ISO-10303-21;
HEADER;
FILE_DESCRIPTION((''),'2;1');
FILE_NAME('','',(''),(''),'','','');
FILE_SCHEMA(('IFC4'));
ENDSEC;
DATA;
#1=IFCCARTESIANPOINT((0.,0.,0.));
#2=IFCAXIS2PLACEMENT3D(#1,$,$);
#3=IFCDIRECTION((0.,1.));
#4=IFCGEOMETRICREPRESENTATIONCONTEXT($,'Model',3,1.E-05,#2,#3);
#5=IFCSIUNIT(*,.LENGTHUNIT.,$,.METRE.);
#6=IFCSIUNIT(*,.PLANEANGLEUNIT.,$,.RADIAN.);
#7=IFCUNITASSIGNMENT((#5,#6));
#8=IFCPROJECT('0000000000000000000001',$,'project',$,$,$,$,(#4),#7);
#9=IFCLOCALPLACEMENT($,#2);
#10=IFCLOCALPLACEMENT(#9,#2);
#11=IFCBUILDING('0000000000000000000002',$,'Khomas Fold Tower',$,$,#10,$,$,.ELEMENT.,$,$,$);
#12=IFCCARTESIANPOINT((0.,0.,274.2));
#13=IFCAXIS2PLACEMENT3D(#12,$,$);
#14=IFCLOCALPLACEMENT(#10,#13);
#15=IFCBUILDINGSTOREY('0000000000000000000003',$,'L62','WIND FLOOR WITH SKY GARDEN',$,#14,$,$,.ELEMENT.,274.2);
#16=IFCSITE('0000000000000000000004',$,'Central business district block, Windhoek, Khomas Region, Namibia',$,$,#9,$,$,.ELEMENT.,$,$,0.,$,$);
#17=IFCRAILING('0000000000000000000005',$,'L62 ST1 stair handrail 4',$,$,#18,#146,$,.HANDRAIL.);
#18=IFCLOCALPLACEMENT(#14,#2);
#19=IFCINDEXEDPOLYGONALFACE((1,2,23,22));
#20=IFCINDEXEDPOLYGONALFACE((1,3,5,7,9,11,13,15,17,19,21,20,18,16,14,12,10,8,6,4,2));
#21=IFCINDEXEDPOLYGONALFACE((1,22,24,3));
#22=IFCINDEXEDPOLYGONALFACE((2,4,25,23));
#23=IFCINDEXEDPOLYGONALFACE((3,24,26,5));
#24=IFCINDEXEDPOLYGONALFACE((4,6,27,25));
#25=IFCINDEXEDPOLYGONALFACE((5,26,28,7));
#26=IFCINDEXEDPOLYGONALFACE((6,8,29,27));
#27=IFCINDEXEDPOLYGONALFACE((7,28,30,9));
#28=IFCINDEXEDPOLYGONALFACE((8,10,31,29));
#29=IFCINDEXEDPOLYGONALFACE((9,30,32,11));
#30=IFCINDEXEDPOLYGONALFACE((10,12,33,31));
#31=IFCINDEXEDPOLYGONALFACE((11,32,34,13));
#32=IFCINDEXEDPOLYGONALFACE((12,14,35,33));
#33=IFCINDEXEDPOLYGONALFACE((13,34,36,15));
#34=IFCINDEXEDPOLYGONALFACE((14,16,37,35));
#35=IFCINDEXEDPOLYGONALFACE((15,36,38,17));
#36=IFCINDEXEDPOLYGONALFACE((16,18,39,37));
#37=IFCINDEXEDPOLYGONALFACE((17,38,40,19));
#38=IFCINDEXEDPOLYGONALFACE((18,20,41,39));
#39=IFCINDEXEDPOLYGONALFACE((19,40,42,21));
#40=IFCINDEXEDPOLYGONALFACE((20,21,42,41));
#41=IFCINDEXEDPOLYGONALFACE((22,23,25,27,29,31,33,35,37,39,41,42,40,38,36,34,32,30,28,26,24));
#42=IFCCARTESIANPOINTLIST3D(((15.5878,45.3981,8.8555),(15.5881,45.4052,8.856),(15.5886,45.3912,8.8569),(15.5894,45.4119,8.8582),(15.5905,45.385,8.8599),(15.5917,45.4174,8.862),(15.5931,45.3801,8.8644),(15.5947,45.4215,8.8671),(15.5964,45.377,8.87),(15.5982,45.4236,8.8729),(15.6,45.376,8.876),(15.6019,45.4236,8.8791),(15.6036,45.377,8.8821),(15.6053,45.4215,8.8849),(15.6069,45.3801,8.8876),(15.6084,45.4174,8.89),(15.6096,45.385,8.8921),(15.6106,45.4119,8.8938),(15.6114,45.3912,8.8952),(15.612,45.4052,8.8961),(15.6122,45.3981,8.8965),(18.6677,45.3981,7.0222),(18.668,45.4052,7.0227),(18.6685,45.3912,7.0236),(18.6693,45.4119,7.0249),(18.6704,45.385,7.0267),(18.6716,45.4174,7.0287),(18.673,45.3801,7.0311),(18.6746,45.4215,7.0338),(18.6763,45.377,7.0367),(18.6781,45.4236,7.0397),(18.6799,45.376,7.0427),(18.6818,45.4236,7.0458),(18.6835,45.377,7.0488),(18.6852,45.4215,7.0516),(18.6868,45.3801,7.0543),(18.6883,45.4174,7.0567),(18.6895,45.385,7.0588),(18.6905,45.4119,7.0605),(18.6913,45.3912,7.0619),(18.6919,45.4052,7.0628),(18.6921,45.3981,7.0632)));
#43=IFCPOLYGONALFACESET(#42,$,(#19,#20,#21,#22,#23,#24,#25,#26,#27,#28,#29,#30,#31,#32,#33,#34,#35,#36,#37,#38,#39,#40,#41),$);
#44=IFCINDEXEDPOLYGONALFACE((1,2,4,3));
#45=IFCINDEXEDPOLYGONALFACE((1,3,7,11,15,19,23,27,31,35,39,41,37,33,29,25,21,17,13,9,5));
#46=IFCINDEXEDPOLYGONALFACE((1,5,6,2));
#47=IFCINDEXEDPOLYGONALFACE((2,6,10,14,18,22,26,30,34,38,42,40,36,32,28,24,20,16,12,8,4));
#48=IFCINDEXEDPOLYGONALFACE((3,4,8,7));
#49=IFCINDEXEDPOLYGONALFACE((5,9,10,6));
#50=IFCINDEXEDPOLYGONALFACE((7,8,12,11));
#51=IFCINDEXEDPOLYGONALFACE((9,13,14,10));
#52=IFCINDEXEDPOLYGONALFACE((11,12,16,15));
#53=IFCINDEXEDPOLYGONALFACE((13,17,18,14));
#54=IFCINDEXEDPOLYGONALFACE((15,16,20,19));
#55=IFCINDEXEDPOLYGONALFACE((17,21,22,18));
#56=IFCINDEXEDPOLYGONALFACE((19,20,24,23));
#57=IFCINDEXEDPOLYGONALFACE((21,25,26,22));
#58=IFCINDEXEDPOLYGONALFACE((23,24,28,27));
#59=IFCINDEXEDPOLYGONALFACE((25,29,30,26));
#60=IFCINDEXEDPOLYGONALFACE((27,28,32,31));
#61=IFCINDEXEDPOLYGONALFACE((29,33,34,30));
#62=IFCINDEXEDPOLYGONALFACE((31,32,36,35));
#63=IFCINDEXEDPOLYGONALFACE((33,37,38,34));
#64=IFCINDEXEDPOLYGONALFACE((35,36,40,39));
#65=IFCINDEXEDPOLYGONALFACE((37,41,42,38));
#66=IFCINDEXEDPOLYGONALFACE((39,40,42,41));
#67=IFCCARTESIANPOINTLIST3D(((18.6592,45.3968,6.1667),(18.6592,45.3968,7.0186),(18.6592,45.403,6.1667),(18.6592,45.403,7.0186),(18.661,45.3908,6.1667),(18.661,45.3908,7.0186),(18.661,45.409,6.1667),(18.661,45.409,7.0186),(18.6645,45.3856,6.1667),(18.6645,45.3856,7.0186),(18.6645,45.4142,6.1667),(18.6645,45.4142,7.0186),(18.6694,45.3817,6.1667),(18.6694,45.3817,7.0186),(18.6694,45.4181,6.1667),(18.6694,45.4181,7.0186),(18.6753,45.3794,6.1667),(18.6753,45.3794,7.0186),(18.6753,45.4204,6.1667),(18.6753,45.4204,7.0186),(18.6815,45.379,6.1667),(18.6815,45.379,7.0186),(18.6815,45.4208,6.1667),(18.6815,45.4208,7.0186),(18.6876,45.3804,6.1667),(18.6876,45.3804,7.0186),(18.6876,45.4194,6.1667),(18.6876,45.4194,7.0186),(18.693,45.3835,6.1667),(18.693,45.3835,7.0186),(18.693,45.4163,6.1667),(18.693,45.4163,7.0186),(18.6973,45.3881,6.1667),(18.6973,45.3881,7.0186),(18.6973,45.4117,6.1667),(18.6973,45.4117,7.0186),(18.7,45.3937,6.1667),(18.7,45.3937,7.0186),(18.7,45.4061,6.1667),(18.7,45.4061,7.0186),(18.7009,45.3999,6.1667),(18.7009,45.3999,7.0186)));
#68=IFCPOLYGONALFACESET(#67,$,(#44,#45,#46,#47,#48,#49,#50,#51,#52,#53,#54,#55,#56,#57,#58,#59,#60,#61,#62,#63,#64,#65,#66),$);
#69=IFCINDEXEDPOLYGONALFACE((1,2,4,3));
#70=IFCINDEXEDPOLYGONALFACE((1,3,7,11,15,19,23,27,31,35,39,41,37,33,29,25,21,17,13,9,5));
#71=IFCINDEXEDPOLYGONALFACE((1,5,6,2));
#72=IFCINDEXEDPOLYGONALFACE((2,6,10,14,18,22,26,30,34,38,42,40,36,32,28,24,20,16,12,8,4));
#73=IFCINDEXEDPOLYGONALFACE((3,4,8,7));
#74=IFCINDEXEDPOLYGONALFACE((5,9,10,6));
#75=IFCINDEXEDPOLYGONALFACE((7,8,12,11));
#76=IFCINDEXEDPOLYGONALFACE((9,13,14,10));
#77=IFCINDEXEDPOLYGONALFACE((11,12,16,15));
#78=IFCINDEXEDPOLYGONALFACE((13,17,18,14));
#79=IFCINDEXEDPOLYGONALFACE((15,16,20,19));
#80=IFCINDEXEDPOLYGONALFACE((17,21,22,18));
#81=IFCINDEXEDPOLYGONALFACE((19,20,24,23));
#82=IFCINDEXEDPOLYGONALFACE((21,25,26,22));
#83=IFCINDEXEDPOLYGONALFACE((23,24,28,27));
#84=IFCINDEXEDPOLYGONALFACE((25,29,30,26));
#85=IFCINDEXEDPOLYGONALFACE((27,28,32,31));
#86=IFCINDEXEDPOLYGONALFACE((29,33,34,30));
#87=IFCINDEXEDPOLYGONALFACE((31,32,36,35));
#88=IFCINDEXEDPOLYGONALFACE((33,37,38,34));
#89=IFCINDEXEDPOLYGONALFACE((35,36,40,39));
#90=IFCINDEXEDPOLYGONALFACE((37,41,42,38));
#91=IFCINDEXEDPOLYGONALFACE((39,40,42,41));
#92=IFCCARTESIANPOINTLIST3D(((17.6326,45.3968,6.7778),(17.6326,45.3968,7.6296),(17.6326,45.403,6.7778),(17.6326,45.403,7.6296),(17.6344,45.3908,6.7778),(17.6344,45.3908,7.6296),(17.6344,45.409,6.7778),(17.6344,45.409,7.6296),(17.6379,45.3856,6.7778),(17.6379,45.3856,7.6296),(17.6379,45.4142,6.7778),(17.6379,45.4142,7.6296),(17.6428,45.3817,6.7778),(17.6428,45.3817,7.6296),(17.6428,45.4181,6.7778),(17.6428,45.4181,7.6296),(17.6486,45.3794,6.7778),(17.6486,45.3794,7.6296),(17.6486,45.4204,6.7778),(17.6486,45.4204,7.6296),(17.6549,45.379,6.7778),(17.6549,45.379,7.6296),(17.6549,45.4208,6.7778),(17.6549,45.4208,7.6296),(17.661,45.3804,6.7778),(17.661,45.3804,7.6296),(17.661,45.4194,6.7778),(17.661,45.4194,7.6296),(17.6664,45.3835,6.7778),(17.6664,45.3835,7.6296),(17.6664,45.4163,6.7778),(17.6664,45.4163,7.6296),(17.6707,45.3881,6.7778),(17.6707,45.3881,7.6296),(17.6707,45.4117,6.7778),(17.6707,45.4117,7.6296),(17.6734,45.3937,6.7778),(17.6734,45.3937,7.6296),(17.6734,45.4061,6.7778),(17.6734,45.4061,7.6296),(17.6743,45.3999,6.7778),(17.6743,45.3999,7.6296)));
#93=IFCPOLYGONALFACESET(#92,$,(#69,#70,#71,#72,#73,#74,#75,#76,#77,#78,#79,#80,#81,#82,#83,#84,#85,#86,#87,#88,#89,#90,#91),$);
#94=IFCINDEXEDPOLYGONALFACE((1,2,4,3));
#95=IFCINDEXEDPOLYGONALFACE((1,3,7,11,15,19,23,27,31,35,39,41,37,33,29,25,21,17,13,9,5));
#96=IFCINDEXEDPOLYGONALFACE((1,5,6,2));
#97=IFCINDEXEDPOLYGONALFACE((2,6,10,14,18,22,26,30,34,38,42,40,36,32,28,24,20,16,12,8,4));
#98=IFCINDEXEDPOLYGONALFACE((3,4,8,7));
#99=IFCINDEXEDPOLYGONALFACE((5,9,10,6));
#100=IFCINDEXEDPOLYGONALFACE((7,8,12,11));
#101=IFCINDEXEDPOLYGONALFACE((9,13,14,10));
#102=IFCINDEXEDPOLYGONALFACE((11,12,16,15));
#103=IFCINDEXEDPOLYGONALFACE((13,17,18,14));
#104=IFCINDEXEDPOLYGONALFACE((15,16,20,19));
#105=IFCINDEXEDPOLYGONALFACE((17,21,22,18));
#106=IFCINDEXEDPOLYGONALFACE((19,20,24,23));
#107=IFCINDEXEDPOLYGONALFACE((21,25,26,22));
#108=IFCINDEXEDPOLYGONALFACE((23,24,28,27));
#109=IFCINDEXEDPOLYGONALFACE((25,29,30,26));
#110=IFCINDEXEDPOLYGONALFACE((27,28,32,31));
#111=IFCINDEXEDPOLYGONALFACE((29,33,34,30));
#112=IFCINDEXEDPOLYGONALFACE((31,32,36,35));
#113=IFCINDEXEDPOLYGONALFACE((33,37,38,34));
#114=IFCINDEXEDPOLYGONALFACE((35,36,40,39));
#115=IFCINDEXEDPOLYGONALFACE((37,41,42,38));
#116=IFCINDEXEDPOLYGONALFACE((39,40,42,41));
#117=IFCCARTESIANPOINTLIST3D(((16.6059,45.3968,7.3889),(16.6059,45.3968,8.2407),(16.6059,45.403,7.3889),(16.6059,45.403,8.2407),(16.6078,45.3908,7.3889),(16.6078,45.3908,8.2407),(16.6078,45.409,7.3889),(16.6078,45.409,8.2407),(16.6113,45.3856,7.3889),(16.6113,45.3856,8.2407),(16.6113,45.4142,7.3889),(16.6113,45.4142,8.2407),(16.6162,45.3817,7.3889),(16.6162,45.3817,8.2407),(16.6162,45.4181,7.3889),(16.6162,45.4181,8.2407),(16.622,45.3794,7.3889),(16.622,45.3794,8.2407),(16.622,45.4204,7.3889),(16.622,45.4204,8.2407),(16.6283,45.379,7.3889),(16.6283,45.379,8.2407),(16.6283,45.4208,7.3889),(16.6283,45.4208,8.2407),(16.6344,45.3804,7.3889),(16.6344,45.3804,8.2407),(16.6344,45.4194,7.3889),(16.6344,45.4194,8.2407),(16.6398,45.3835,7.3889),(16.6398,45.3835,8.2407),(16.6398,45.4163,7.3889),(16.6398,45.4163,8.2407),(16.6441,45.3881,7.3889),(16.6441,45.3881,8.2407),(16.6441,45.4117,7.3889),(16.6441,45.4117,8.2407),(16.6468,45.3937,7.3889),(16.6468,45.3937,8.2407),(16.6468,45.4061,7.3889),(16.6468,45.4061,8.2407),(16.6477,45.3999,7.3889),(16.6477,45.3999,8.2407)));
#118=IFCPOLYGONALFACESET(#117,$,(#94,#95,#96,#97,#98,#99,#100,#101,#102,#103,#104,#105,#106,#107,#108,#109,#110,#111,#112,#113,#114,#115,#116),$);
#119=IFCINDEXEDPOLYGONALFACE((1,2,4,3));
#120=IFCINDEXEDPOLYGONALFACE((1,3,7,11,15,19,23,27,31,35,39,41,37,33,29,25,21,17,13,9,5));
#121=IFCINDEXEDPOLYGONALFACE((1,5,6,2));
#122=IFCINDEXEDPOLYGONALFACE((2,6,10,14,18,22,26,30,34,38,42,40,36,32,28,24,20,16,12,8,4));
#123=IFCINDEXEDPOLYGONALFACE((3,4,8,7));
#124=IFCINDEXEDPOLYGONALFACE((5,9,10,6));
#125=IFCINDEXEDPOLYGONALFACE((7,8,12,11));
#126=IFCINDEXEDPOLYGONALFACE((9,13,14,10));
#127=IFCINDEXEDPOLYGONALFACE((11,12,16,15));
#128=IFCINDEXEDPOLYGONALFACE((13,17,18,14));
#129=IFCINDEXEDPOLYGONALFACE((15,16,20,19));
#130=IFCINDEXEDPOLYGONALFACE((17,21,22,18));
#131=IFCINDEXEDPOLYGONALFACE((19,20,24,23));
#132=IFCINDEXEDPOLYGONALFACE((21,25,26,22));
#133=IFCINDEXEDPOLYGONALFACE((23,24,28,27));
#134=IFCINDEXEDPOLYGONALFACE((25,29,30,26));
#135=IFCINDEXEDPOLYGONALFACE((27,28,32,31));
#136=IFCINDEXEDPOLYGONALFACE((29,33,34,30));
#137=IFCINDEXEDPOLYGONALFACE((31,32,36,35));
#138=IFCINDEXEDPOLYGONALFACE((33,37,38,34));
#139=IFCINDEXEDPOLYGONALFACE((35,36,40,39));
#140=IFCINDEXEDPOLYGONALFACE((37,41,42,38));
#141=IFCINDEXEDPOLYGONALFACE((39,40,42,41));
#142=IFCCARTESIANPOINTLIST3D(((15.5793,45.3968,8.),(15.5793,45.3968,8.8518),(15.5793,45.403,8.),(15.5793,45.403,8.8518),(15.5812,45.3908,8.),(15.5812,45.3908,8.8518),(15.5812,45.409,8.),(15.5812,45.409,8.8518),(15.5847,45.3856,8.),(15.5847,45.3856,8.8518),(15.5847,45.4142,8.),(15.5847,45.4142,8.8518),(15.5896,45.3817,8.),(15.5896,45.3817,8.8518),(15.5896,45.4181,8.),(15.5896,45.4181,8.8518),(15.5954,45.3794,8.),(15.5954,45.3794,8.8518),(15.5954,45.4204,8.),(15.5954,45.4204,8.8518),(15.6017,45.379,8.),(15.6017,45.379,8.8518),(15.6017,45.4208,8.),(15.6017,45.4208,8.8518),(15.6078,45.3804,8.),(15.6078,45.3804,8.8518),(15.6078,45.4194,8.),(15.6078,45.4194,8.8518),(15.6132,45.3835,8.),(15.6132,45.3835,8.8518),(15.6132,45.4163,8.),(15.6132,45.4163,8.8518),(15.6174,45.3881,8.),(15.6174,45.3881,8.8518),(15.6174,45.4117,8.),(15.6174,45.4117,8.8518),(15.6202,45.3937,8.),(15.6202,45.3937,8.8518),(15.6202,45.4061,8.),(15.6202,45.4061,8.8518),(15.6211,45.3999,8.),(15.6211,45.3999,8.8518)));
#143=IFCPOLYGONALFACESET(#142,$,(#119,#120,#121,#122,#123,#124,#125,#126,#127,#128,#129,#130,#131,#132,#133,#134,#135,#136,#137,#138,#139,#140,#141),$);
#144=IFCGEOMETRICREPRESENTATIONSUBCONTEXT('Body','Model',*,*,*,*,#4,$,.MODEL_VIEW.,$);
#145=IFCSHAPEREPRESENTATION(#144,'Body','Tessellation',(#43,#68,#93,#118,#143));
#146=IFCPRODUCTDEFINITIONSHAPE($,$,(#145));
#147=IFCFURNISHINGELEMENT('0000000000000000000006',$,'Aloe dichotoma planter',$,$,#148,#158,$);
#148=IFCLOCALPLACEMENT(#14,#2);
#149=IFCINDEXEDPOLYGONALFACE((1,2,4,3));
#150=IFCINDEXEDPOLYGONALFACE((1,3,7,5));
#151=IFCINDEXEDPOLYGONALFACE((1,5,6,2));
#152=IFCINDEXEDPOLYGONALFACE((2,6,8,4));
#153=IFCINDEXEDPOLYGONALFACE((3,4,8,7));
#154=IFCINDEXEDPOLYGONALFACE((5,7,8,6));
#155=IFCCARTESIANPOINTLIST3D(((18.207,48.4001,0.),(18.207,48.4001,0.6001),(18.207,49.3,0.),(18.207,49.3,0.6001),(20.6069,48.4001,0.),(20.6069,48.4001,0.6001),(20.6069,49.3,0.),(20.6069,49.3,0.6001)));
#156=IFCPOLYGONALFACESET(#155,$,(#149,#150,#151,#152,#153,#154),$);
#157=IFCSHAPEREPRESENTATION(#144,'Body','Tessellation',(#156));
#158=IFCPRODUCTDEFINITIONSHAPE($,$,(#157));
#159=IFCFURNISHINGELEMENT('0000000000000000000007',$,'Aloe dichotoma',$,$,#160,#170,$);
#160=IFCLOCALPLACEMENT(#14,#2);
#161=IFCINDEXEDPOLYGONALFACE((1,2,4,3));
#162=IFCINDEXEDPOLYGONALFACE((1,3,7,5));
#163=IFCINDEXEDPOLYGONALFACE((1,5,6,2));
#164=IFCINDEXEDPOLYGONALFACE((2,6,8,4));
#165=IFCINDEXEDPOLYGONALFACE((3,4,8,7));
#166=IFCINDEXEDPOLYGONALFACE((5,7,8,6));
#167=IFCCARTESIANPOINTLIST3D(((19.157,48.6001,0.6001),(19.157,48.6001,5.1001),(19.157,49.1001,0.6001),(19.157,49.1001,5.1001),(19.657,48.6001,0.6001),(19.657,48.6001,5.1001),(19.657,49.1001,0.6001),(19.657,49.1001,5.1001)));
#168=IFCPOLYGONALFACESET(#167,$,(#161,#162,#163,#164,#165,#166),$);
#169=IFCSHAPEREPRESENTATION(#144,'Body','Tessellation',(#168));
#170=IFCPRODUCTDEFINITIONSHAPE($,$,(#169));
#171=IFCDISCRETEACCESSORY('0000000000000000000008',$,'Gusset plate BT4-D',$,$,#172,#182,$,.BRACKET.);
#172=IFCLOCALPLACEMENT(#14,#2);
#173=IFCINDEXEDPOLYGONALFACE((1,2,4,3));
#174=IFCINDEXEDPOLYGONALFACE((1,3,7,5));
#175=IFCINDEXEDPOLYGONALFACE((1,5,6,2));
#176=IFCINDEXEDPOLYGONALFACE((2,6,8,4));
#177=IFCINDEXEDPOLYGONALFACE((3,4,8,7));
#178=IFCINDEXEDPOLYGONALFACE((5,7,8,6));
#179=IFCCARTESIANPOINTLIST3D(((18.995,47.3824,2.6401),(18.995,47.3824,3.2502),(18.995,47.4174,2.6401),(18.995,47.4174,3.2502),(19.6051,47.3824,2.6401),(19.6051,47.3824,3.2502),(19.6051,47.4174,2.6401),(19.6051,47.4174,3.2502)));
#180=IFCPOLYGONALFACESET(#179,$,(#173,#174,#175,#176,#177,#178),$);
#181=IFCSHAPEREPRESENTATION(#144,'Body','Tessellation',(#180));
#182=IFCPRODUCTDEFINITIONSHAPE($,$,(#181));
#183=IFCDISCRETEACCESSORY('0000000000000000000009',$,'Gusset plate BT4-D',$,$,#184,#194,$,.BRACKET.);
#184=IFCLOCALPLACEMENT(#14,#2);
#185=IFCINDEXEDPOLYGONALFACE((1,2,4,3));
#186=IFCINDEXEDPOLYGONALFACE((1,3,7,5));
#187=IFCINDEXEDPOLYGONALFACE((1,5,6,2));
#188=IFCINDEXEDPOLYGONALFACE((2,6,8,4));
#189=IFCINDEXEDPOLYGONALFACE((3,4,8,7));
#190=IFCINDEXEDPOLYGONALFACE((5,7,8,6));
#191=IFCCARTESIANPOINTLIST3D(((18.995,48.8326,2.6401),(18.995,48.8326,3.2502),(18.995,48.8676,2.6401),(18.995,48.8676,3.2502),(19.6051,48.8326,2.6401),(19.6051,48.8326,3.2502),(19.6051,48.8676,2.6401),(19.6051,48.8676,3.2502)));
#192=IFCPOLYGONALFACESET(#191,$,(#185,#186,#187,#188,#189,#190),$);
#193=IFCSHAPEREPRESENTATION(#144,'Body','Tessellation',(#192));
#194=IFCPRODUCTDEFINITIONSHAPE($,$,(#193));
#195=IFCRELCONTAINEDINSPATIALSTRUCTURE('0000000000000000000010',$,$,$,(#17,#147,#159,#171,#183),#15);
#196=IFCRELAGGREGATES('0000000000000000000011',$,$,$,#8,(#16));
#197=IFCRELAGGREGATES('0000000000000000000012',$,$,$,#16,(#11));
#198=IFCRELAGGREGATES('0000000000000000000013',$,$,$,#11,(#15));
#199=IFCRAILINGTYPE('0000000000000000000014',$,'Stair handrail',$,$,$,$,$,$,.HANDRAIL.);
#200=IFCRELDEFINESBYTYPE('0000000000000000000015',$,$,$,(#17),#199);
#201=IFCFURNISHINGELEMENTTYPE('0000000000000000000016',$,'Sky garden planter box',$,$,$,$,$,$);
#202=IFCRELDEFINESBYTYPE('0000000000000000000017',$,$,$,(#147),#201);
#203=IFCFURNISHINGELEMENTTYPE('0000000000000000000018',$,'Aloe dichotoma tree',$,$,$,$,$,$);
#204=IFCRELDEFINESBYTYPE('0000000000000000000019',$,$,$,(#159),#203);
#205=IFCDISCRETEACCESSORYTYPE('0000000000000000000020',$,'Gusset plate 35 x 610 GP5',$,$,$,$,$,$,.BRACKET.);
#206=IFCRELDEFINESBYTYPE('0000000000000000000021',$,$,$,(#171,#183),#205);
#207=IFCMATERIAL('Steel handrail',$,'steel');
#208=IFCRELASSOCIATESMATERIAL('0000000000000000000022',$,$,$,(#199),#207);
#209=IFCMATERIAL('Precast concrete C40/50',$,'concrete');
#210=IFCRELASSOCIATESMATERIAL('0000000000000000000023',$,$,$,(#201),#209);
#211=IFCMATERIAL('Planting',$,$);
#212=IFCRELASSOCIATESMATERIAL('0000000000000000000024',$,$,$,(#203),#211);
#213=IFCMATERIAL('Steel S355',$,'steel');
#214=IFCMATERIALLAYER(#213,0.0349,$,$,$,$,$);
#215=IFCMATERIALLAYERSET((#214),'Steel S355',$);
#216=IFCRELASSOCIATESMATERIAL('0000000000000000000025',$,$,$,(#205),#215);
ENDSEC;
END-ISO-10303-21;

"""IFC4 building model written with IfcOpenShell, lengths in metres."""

from ifc_helpers import new_model, si_unit, direction, frame, origin, origin_2d, place, context, subcontext, project, spatial, rectangle, circle, extrude, source, transform, mapped, material, layer, layer_set, type_object, element, save


model = new_model("IFC4")

# Units and contexts
model_context = context("Model", 3, precision=1e-05, world=origin(), true_north=direction((0.0, 1.0)))
body_context = subcontext(model_context, "Body", "Model", "MODEL_VIEW")
ifc_project = project(units=[si_unit("LENGTHUNIT", "METRE"), si_unit("PLANEANGLEUNIT", "RADIAN")], contexts=[model_context])

# Site, building, storey
site_placement = place(None, origin())
site = spatial("IfcSite", under=ifc_project, at=site_placement, Name="Central business district block, Windhoek, Khomas Region, Namibia", CompositionType="ELEMENT", RefElevation=0.0)
building_placement = place(site_placement, origin())
building = spatial("IfcBuilding", under=site, at=building_placement, Name="Khomas Fold Tower", CompositionType="ELEMENT")
storey_placement = place(building_placement, frame((0.0, 0.0, 274.2)))
storey = spatial("IfcBuildingStorey", under=building, at=storey_placement, Name="L62", Description="WIND FLOOR WITH SKY GARDEN", CompositionType="ELEMENT", Elevation=274.2)

# Railing
ifc_material_1 = material(Name="Steel handrail", Category="steel")
railing_type_1 = type_object("IfcRailingType", Name="Stair handrail", PredefinedType="HANDRAIL", material=ifc_material_1)
shared_shape_1 = source(origin(), body_context, "Body", "SweptSolid", [
    extrude(circle(Radius=0.0239, at=origin_2d()), frame((0.0, 0.0, 0.876), z_axis=(-0.859291, 0.0, 0.511487), x_axis=(0.0, -1.0, 0.0)), (0.0, 0.0, 1.0), 3.5842),
    extrude(circle(Radius=0.021, at=origin_2d()), origin(), (0.0, 0.0, 1.0), 0.8518),
    extrude(circle(Radius=0.021, at=origin_2d()), frame((-1.0266, 0.0, 0.6111)), (0.0, 0.0, 1.0), 0.8518),
    extrude(circle(Radius=0.021, at=origin_2d()), frame((-2.0532, 0.0, 1.2222)), (0.0, 0.0, 1.0), 0.8518),
    extrude(circle(Radius=0.021, at=origin_2d()), frame((-3.0798, 0.0, 1.8333)), (0.0, 0.0, 1.0), 0.8518),
])
for number, where, name in (
    (1, (18.6799, 45.3999, 6.1667), "L62 ST1 stair handrail 4"),
):
    element("IfcRailing", number, at=place(storey_placement, frame(where)), inside=storey, type_object=railing_type_1, Name=name, PredefinedType="HANDRAIL", context=body_context, shape_type="MappedRepresentation", body=[
        mapped(shared_shape_1, transform((0.0, 0.0, 0.0))),
    ])

# Furnishing elements
ifc_material_2 = material(Name="Precast concrete C40/50", Category="concrete")
furnishing_element_type_1 = type_object("IfcFurnishingElementType", Name="Sky garden planter box", material=ifc_material_2)
shared_shape_2 = source(origin(), body_context, "Body", "SweptSolid", [
    extrude(rectangle(XDim=2.3999, YDim=0.8999, at=origin_2d()), origin(), (0.0, 0.0, 1.0), 0.6001),
])
furnishing_1_placement = place(storey_placement, frame((19.407, 48.8501, 0.0), z_axis=(0.0, 0.0, 1.0), x_axis=(1.0, 0.0, 0.0)))
element("IfcFurnishingElement", 2, at=furnishing_1_placement, inside=storey, type_object=furnishing_element_type_1, Name="Aloe dichotoma planter", context=body_context, shape_type="MappedRepresentation", body=[
    mapped(shared_shape_2, transform((0.0, 0.0, 0.0))),
])
ifc_material_3 = material(Name="Planting")
furnishing_element_type_2 = type_object("IfcFurnishingElementType", Name="Aloe dichotoma tree", material=ifc_material_3)
shared_shape_3 = source(origin(), body_context, "Body", "SweptSolid", [
    extrude(rectangle(XDim=0.5, YDim=0.5, at=origin_2d()), origin(), (0.0, 0.0, 1.0), 4.5),
])
furnishing_2_placement = place(storey_placement, frame((19.407, 48.8501, 0.6001), z_axis=(0.0, 0.0, 1.0), x_axis=(1.0, 0.0, 0.0)))
element("IfcFurnishingElement", 3, at=furnishing_2_placement, inside=storey, type_object=furnishing_element_type_2, Name="Aloe dichotoma", context=body_context, shape_type="MappedRepresentation", body=[
    mapped(shared_shape_3, transform((0.0, 0.0, 0.0))),
])

# Discrete accessories
ifc_material_4 = material(Name="Steel S355", Category="steel")
ifc_layer_1 = layer(ifc_material_4, 0.0349)
ifc_layer_set_1 = layer_set([ifc_layer_1], Name="Steel S355")
discrete_accessory_type = type_object("IfcDiscreteAccessoryType", Name="Gusset plate 35 x 610 GP5", PredefinedType="BRACKET", material=ifc_layer_set_1)
shared_shape_4 = source(origin(), body_context, "Body", "SweptSolid", [
    extrude(rectangle(XDim=0.6101, YDim=0.0349, at=origin_2d()), origin(), (0.0, 0.0, 1.0), 0.6101),
])
for number, where, z_axis, x_axis, name in (
    (4, (19.3, 47.3999, 2.6401), (0.0, 0.0, 1.0), (1.0, 0.0, 0.0), "Gusset plate BT4-D"),
    (5, (19.3, 48.8501, 2.6401), (0.0, 0.0, 1.0), (1.0, 0.0, 0.0), "Gusset plate BT4-D"),
):
    element("IfcDiscreteAccessory", number, at=place(storey_placement, frame(where, z_axis=z_axis, x_axis=x_axis)), inside=storey, type_object=discrete_accessory_type, Name=name, PredefinedType="BRACKET", context=body_context, shape_type="MappedRepresentation", body=[
        mapped(shared_shape_4, transform((0.0, 0.0, 0.0))),
    ])

save(model, "model.ifc")
